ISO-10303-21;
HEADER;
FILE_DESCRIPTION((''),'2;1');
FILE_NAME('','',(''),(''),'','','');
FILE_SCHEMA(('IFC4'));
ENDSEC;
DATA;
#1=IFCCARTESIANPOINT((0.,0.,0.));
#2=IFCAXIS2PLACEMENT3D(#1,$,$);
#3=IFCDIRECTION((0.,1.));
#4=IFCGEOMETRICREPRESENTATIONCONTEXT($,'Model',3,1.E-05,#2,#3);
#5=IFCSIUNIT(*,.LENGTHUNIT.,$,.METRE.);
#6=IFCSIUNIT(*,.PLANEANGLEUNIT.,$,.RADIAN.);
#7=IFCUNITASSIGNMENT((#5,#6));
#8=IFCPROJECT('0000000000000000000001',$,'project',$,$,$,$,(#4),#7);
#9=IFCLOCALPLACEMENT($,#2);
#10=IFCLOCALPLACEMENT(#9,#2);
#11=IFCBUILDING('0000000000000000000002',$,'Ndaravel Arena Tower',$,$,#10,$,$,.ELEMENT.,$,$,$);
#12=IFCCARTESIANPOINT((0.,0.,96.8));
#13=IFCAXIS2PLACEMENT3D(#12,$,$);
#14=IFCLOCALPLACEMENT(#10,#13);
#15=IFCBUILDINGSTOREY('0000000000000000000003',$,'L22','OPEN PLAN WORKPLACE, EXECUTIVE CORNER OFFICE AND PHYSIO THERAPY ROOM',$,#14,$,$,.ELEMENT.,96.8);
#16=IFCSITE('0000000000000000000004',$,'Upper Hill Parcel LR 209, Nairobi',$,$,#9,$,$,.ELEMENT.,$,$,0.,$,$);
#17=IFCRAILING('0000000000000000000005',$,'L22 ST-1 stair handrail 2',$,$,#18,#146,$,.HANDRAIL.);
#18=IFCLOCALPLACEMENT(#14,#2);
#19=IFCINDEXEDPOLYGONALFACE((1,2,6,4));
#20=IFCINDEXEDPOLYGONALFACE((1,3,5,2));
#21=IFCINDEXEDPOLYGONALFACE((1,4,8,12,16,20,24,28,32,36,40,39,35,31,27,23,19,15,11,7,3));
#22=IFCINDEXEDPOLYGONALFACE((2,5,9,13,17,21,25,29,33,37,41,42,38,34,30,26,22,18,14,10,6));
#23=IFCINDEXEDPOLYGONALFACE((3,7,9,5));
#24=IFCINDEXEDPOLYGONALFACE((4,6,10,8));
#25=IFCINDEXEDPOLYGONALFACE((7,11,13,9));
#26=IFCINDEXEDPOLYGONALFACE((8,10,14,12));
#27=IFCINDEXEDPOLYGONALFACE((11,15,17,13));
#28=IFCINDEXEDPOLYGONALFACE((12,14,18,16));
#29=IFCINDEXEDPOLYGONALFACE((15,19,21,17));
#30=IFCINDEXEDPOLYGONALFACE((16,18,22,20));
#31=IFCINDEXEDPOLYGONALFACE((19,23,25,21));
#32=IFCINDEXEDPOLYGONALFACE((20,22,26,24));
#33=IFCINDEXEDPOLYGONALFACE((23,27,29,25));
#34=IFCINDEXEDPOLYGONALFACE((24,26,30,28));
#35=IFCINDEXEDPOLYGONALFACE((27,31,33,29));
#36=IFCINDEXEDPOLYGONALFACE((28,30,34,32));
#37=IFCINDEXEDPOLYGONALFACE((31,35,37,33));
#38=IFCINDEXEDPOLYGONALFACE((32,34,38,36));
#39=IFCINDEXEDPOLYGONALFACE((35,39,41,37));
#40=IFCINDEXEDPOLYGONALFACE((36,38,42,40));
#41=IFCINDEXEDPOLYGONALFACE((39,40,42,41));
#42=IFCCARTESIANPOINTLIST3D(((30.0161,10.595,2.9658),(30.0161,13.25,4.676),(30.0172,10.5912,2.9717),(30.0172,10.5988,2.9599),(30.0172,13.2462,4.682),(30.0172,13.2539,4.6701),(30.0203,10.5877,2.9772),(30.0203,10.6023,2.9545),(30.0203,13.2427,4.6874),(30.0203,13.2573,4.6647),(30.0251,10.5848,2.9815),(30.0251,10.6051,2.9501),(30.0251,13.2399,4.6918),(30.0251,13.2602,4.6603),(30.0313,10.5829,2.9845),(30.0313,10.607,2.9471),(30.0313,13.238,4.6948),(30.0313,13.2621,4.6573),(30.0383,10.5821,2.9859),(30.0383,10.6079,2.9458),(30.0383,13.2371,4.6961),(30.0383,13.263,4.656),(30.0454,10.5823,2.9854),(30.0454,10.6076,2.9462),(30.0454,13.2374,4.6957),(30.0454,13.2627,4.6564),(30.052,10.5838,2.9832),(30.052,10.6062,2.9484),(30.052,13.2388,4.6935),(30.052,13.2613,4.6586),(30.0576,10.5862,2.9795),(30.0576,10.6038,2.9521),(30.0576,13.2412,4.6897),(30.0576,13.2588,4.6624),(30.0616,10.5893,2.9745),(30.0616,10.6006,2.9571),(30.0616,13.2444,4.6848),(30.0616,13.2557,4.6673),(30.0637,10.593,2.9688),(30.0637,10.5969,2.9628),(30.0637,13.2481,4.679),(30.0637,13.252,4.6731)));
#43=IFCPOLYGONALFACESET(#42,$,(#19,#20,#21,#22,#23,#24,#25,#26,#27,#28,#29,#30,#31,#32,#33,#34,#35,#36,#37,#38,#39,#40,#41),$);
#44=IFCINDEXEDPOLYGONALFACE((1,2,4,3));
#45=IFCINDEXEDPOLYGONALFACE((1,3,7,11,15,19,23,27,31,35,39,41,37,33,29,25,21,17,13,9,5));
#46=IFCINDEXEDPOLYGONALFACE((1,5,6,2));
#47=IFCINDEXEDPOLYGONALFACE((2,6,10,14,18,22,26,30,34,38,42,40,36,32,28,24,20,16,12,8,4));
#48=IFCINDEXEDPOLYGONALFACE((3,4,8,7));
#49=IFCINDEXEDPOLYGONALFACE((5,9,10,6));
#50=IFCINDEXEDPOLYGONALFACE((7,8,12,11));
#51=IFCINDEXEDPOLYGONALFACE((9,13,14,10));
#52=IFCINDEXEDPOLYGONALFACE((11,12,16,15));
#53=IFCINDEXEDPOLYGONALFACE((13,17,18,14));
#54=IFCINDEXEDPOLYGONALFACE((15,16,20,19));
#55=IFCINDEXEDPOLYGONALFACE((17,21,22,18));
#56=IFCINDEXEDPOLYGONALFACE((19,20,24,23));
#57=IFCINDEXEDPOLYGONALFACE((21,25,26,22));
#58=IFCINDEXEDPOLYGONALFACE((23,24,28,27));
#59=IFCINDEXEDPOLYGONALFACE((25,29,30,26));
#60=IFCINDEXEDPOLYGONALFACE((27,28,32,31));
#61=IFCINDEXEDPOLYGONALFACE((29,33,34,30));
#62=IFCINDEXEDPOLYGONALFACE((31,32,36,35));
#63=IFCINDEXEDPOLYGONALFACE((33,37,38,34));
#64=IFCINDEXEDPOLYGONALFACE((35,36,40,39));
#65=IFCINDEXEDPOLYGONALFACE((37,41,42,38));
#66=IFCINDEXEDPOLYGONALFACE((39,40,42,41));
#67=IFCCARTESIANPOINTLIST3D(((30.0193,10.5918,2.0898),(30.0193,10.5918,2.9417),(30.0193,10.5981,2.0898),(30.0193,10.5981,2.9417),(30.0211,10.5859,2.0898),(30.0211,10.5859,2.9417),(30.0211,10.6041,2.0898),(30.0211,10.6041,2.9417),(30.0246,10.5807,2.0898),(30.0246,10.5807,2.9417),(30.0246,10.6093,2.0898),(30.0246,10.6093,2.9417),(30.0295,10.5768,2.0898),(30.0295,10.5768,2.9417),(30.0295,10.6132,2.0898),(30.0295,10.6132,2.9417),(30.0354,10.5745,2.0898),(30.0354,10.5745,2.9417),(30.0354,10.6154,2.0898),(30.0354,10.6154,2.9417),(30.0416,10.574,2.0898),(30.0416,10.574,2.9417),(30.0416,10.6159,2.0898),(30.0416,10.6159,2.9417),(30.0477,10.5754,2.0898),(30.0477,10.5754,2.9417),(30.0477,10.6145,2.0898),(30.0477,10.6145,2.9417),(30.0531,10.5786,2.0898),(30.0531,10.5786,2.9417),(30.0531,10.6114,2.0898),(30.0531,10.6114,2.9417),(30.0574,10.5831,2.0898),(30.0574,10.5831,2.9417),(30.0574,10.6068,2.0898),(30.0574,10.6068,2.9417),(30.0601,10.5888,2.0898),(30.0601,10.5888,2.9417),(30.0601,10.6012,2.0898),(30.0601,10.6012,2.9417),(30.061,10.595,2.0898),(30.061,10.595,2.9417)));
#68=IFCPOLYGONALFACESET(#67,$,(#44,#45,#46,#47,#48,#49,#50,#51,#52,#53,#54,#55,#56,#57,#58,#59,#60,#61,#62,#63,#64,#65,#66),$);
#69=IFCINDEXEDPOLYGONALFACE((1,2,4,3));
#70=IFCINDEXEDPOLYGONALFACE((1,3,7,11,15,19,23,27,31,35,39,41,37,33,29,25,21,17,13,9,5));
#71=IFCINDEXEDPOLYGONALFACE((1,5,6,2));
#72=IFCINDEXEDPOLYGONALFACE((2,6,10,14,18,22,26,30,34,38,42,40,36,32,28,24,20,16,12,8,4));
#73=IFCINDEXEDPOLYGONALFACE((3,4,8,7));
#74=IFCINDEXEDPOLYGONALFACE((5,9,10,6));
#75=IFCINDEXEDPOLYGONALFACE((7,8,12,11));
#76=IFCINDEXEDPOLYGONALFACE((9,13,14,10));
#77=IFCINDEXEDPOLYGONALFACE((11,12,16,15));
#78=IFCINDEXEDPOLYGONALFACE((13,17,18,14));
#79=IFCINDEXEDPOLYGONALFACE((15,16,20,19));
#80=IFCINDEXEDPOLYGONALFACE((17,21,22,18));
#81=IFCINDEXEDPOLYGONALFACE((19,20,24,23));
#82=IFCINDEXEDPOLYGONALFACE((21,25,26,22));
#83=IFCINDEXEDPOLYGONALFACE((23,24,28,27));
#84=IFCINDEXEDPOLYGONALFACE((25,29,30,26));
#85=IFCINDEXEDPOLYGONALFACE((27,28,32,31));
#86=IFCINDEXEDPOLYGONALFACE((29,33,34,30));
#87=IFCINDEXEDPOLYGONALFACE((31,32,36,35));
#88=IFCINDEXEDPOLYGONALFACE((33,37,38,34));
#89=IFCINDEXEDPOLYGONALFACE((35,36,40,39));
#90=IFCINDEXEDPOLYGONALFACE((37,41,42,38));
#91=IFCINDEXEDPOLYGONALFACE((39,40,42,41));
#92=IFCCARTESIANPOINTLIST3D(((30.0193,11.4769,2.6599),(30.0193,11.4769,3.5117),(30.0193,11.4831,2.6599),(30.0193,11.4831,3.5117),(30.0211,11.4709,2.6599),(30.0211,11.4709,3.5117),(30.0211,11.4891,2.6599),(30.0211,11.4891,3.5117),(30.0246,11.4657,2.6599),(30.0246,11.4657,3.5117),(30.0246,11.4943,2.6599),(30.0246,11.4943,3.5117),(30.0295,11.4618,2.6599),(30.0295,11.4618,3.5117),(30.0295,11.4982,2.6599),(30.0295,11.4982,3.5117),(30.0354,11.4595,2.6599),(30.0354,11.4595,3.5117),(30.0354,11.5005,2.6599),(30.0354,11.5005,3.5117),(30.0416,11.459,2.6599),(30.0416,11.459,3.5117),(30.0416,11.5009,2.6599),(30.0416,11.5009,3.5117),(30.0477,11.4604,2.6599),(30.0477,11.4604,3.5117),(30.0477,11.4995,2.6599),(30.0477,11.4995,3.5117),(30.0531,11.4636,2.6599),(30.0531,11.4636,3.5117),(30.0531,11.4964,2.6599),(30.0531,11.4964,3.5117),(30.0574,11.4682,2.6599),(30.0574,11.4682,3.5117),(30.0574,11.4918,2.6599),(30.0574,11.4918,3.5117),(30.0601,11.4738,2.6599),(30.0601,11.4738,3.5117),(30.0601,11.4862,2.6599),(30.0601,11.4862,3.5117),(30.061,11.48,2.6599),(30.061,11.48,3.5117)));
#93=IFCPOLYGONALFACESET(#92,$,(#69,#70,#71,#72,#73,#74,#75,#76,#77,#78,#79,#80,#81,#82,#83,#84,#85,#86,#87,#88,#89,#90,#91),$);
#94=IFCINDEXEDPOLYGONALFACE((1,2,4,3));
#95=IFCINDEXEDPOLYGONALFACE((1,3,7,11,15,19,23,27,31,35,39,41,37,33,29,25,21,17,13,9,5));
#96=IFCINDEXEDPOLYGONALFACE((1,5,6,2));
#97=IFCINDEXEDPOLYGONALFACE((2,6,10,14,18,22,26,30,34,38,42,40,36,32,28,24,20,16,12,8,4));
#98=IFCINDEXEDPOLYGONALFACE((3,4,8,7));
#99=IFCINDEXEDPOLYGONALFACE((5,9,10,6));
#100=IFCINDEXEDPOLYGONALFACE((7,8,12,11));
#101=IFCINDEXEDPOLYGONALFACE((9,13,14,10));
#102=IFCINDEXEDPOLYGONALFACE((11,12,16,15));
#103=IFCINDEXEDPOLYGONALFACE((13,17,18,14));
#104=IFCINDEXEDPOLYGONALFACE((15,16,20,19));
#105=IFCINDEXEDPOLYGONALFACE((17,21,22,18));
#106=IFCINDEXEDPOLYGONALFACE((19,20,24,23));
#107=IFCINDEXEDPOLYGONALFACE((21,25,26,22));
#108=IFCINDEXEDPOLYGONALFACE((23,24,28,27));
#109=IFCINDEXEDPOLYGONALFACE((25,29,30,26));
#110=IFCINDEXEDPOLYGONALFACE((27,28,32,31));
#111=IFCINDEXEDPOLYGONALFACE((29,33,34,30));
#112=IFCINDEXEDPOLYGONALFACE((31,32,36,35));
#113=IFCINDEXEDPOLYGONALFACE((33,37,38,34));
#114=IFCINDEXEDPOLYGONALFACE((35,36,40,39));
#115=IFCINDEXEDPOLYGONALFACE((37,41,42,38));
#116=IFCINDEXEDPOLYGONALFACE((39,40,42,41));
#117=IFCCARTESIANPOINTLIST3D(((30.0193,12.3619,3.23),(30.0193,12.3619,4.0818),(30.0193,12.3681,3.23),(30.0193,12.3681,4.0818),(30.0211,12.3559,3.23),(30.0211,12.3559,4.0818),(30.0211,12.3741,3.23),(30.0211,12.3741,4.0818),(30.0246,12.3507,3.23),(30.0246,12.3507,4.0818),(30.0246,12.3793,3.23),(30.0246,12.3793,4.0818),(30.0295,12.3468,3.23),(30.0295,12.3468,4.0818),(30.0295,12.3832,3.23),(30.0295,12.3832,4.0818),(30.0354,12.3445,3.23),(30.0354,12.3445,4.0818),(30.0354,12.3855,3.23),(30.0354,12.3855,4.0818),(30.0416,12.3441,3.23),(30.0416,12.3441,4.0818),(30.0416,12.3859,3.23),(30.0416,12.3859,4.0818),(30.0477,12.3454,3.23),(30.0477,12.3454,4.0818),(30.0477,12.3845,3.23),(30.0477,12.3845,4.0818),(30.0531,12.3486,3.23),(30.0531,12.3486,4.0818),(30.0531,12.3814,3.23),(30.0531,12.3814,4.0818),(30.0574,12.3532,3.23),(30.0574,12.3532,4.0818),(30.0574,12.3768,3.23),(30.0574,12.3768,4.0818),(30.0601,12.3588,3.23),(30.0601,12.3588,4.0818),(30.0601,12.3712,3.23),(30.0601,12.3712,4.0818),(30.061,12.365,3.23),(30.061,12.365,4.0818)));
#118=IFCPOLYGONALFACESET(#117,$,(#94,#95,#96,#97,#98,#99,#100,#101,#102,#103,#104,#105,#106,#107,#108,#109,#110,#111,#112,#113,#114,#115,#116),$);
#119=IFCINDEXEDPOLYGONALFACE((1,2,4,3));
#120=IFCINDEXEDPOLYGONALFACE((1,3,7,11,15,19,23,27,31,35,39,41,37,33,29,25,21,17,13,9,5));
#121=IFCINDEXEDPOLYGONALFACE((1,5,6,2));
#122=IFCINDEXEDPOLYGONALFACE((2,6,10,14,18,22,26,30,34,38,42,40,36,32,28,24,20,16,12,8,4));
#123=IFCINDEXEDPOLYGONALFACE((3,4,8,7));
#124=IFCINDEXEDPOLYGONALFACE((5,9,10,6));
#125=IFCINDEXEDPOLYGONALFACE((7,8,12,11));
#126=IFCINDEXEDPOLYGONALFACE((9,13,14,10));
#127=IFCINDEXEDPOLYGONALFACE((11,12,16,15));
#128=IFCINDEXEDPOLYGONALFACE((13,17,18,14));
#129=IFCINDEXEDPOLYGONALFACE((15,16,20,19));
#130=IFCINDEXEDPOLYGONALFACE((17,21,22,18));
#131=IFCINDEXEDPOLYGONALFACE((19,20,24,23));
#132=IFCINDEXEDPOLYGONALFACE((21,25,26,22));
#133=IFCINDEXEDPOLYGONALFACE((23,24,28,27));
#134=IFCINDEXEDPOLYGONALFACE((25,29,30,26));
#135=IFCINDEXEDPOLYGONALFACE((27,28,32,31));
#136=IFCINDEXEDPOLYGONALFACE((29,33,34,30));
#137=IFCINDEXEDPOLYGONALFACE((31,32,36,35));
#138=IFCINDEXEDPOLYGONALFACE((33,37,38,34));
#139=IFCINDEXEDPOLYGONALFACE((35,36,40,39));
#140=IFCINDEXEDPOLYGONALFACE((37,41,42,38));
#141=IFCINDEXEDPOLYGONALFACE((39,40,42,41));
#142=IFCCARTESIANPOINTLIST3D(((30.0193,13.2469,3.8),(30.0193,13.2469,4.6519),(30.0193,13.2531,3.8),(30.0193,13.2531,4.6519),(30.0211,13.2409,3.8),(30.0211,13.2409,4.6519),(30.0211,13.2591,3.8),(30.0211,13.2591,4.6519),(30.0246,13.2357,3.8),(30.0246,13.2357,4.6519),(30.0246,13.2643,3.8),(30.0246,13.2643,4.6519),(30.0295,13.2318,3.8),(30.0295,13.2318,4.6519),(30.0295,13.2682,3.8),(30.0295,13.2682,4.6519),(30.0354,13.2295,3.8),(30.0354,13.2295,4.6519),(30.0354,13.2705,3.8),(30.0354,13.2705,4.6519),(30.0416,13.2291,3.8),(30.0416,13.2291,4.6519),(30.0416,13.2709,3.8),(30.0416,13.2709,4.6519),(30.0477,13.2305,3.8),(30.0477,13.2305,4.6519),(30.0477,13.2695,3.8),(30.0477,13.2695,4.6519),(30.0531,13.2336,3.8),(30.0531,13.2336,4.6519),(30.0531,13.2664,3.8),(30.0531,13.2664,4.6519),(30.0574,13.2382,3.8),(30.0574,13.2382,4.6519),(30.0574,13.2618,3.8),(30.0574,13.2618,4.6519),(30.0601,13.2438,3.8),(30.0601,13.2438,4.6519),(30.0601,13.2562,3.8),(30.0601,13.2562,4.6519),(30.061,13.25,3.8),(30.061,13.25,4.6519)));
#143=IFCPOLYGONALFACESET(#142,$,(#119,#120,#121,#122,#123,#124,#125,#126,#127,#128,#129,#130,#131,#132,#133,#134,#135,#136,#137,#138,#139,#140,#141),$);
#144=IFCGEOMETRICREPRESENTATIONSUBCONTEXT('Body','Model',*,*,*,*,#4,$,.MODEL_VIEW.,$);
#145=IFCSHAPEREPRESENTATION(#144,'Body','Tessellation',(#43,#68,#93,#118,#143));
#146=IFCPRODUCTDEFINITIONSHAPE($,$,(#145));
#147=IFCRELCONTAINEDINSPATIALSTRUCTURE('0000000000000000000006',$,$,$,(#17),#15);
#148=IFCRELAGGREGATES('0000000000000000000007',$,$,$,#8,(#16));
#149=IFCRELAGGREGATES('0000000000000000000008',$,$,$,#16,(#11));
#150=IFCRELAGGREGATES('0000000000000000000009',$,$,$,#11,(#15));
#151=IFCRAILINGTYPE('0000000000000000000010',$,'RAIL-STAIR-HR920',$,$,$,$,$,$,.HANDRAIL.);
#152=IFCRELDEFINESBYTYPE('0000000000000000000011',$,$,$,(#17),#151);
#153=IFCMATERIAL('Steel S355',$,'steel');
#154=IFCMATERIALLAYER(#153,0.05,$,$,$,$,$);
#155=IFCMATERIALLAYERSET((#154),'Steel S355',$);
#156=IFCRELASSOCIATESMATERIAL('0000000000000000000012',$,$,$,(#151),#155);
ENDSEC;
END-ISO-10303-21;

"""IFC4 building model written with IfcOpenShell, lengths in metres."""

from ifc_helpers import new_model, si_unit, direction, frame, origin, origin_2d, place, context, subcontext, project, spatial, circle, extrude, material, layer, layer_set, type_object, element, save


model = new_model("IFC4")

# Units and contexts
model_context = context("Model", 3, precision=1e-05, world=origin(), true_north=direction((0.0, 1.0)))
body_context = subcontext(model_context, "Body", "Model", "MODEL_VIEW")
ifc_project = project(units=[si_unit("LENGTHUNIT", "METRE"), si_unit("PLANEANGLEUNIT", "RADIAN")], contexts=[model_context])

# Site, building, storey
site_placement = place(None, origin())
site = spatial("IfcSite", under=ifc_project, at=site_placement, Name="Upper Hill Parcel LR 209, Nairobi", CompositionType="ELEMENT", RefElevation=0.0)
building_placement = place(site_placement, origin())
building = spatial("IfcBuilding", under=site, at=building_placement, Name="Ndaravel Arena Tower", CompositionType="ELEMENT")
storey_placement = place(building_placement, frame((0.0, 0.0, 96.8)))
storey = spatial("IfcBuildingStorey", under=building, at=storey_placement, Name="L22", Description="OPEN PLAN WORKPLACE, EXECUTIVE CORNER OFFICE AND PHYSIO THERAPY ROOM", CompositionType="ELEMENT", Elevation=96.8)

# Railing
ifc_material_1 = material(Name="Steel S355", Category="steel")
ifc_layer_1 = layer(ifc_material_1, 0.05)
ifc_layer_set_1 = layer_set([ifc_layer_1], Name="Steel S355")
railing_type_1 = type_object("IfcRailingType", Name="RAIL-STAIR-HR920", PredefinedType="HANDRAIL", material=ifc_layer_set_1)
railing_1_placement = place(storey_placement, frame((30.04, 10.595, 2.0898)))
element("IfcRailing", 1, at=railing_1_placement, inside=storey, type_object=railing_type_1, Name="L22 ST-1 stair handrail 2", PredefinedType="HANDRAIL", context=body_context, shape_type="SweptSolid", body=[
    extrude(circle(Radius=0.0239, at=origin_2d()), frame((0.0, 0.0, 0.876), z_axis=(0.0, 0.840688, 0.541519), x_axis=(-1.0, 0.0, 0.0)), (0.0, 0.0, 1.0), 3.1582),
    extrude(circle(Radius=0.021, at=origin_2d()), origin(), (0.0, 0.0, 1.0), 0.8518),
    extrude(circle(Radius=0.021, at=origin_2d()), frame((0.0, 0.885, 0.5701)), (0.0, 0.0, 1.0), 0.8518),
    extrude(circle(Radius=0.021, at=origin_2d()), frame((0.0, 1.77, 1.1401)), (0.0, 0.0, 1.0), 0.8518),
    extrude(circle(Radius=0.021, at=origin_2d()), frame((0.0, 2.655, 1.7102)), (0.0, 0.0, 1.0), 0.8518),
])

save(model, "model.ifc")
